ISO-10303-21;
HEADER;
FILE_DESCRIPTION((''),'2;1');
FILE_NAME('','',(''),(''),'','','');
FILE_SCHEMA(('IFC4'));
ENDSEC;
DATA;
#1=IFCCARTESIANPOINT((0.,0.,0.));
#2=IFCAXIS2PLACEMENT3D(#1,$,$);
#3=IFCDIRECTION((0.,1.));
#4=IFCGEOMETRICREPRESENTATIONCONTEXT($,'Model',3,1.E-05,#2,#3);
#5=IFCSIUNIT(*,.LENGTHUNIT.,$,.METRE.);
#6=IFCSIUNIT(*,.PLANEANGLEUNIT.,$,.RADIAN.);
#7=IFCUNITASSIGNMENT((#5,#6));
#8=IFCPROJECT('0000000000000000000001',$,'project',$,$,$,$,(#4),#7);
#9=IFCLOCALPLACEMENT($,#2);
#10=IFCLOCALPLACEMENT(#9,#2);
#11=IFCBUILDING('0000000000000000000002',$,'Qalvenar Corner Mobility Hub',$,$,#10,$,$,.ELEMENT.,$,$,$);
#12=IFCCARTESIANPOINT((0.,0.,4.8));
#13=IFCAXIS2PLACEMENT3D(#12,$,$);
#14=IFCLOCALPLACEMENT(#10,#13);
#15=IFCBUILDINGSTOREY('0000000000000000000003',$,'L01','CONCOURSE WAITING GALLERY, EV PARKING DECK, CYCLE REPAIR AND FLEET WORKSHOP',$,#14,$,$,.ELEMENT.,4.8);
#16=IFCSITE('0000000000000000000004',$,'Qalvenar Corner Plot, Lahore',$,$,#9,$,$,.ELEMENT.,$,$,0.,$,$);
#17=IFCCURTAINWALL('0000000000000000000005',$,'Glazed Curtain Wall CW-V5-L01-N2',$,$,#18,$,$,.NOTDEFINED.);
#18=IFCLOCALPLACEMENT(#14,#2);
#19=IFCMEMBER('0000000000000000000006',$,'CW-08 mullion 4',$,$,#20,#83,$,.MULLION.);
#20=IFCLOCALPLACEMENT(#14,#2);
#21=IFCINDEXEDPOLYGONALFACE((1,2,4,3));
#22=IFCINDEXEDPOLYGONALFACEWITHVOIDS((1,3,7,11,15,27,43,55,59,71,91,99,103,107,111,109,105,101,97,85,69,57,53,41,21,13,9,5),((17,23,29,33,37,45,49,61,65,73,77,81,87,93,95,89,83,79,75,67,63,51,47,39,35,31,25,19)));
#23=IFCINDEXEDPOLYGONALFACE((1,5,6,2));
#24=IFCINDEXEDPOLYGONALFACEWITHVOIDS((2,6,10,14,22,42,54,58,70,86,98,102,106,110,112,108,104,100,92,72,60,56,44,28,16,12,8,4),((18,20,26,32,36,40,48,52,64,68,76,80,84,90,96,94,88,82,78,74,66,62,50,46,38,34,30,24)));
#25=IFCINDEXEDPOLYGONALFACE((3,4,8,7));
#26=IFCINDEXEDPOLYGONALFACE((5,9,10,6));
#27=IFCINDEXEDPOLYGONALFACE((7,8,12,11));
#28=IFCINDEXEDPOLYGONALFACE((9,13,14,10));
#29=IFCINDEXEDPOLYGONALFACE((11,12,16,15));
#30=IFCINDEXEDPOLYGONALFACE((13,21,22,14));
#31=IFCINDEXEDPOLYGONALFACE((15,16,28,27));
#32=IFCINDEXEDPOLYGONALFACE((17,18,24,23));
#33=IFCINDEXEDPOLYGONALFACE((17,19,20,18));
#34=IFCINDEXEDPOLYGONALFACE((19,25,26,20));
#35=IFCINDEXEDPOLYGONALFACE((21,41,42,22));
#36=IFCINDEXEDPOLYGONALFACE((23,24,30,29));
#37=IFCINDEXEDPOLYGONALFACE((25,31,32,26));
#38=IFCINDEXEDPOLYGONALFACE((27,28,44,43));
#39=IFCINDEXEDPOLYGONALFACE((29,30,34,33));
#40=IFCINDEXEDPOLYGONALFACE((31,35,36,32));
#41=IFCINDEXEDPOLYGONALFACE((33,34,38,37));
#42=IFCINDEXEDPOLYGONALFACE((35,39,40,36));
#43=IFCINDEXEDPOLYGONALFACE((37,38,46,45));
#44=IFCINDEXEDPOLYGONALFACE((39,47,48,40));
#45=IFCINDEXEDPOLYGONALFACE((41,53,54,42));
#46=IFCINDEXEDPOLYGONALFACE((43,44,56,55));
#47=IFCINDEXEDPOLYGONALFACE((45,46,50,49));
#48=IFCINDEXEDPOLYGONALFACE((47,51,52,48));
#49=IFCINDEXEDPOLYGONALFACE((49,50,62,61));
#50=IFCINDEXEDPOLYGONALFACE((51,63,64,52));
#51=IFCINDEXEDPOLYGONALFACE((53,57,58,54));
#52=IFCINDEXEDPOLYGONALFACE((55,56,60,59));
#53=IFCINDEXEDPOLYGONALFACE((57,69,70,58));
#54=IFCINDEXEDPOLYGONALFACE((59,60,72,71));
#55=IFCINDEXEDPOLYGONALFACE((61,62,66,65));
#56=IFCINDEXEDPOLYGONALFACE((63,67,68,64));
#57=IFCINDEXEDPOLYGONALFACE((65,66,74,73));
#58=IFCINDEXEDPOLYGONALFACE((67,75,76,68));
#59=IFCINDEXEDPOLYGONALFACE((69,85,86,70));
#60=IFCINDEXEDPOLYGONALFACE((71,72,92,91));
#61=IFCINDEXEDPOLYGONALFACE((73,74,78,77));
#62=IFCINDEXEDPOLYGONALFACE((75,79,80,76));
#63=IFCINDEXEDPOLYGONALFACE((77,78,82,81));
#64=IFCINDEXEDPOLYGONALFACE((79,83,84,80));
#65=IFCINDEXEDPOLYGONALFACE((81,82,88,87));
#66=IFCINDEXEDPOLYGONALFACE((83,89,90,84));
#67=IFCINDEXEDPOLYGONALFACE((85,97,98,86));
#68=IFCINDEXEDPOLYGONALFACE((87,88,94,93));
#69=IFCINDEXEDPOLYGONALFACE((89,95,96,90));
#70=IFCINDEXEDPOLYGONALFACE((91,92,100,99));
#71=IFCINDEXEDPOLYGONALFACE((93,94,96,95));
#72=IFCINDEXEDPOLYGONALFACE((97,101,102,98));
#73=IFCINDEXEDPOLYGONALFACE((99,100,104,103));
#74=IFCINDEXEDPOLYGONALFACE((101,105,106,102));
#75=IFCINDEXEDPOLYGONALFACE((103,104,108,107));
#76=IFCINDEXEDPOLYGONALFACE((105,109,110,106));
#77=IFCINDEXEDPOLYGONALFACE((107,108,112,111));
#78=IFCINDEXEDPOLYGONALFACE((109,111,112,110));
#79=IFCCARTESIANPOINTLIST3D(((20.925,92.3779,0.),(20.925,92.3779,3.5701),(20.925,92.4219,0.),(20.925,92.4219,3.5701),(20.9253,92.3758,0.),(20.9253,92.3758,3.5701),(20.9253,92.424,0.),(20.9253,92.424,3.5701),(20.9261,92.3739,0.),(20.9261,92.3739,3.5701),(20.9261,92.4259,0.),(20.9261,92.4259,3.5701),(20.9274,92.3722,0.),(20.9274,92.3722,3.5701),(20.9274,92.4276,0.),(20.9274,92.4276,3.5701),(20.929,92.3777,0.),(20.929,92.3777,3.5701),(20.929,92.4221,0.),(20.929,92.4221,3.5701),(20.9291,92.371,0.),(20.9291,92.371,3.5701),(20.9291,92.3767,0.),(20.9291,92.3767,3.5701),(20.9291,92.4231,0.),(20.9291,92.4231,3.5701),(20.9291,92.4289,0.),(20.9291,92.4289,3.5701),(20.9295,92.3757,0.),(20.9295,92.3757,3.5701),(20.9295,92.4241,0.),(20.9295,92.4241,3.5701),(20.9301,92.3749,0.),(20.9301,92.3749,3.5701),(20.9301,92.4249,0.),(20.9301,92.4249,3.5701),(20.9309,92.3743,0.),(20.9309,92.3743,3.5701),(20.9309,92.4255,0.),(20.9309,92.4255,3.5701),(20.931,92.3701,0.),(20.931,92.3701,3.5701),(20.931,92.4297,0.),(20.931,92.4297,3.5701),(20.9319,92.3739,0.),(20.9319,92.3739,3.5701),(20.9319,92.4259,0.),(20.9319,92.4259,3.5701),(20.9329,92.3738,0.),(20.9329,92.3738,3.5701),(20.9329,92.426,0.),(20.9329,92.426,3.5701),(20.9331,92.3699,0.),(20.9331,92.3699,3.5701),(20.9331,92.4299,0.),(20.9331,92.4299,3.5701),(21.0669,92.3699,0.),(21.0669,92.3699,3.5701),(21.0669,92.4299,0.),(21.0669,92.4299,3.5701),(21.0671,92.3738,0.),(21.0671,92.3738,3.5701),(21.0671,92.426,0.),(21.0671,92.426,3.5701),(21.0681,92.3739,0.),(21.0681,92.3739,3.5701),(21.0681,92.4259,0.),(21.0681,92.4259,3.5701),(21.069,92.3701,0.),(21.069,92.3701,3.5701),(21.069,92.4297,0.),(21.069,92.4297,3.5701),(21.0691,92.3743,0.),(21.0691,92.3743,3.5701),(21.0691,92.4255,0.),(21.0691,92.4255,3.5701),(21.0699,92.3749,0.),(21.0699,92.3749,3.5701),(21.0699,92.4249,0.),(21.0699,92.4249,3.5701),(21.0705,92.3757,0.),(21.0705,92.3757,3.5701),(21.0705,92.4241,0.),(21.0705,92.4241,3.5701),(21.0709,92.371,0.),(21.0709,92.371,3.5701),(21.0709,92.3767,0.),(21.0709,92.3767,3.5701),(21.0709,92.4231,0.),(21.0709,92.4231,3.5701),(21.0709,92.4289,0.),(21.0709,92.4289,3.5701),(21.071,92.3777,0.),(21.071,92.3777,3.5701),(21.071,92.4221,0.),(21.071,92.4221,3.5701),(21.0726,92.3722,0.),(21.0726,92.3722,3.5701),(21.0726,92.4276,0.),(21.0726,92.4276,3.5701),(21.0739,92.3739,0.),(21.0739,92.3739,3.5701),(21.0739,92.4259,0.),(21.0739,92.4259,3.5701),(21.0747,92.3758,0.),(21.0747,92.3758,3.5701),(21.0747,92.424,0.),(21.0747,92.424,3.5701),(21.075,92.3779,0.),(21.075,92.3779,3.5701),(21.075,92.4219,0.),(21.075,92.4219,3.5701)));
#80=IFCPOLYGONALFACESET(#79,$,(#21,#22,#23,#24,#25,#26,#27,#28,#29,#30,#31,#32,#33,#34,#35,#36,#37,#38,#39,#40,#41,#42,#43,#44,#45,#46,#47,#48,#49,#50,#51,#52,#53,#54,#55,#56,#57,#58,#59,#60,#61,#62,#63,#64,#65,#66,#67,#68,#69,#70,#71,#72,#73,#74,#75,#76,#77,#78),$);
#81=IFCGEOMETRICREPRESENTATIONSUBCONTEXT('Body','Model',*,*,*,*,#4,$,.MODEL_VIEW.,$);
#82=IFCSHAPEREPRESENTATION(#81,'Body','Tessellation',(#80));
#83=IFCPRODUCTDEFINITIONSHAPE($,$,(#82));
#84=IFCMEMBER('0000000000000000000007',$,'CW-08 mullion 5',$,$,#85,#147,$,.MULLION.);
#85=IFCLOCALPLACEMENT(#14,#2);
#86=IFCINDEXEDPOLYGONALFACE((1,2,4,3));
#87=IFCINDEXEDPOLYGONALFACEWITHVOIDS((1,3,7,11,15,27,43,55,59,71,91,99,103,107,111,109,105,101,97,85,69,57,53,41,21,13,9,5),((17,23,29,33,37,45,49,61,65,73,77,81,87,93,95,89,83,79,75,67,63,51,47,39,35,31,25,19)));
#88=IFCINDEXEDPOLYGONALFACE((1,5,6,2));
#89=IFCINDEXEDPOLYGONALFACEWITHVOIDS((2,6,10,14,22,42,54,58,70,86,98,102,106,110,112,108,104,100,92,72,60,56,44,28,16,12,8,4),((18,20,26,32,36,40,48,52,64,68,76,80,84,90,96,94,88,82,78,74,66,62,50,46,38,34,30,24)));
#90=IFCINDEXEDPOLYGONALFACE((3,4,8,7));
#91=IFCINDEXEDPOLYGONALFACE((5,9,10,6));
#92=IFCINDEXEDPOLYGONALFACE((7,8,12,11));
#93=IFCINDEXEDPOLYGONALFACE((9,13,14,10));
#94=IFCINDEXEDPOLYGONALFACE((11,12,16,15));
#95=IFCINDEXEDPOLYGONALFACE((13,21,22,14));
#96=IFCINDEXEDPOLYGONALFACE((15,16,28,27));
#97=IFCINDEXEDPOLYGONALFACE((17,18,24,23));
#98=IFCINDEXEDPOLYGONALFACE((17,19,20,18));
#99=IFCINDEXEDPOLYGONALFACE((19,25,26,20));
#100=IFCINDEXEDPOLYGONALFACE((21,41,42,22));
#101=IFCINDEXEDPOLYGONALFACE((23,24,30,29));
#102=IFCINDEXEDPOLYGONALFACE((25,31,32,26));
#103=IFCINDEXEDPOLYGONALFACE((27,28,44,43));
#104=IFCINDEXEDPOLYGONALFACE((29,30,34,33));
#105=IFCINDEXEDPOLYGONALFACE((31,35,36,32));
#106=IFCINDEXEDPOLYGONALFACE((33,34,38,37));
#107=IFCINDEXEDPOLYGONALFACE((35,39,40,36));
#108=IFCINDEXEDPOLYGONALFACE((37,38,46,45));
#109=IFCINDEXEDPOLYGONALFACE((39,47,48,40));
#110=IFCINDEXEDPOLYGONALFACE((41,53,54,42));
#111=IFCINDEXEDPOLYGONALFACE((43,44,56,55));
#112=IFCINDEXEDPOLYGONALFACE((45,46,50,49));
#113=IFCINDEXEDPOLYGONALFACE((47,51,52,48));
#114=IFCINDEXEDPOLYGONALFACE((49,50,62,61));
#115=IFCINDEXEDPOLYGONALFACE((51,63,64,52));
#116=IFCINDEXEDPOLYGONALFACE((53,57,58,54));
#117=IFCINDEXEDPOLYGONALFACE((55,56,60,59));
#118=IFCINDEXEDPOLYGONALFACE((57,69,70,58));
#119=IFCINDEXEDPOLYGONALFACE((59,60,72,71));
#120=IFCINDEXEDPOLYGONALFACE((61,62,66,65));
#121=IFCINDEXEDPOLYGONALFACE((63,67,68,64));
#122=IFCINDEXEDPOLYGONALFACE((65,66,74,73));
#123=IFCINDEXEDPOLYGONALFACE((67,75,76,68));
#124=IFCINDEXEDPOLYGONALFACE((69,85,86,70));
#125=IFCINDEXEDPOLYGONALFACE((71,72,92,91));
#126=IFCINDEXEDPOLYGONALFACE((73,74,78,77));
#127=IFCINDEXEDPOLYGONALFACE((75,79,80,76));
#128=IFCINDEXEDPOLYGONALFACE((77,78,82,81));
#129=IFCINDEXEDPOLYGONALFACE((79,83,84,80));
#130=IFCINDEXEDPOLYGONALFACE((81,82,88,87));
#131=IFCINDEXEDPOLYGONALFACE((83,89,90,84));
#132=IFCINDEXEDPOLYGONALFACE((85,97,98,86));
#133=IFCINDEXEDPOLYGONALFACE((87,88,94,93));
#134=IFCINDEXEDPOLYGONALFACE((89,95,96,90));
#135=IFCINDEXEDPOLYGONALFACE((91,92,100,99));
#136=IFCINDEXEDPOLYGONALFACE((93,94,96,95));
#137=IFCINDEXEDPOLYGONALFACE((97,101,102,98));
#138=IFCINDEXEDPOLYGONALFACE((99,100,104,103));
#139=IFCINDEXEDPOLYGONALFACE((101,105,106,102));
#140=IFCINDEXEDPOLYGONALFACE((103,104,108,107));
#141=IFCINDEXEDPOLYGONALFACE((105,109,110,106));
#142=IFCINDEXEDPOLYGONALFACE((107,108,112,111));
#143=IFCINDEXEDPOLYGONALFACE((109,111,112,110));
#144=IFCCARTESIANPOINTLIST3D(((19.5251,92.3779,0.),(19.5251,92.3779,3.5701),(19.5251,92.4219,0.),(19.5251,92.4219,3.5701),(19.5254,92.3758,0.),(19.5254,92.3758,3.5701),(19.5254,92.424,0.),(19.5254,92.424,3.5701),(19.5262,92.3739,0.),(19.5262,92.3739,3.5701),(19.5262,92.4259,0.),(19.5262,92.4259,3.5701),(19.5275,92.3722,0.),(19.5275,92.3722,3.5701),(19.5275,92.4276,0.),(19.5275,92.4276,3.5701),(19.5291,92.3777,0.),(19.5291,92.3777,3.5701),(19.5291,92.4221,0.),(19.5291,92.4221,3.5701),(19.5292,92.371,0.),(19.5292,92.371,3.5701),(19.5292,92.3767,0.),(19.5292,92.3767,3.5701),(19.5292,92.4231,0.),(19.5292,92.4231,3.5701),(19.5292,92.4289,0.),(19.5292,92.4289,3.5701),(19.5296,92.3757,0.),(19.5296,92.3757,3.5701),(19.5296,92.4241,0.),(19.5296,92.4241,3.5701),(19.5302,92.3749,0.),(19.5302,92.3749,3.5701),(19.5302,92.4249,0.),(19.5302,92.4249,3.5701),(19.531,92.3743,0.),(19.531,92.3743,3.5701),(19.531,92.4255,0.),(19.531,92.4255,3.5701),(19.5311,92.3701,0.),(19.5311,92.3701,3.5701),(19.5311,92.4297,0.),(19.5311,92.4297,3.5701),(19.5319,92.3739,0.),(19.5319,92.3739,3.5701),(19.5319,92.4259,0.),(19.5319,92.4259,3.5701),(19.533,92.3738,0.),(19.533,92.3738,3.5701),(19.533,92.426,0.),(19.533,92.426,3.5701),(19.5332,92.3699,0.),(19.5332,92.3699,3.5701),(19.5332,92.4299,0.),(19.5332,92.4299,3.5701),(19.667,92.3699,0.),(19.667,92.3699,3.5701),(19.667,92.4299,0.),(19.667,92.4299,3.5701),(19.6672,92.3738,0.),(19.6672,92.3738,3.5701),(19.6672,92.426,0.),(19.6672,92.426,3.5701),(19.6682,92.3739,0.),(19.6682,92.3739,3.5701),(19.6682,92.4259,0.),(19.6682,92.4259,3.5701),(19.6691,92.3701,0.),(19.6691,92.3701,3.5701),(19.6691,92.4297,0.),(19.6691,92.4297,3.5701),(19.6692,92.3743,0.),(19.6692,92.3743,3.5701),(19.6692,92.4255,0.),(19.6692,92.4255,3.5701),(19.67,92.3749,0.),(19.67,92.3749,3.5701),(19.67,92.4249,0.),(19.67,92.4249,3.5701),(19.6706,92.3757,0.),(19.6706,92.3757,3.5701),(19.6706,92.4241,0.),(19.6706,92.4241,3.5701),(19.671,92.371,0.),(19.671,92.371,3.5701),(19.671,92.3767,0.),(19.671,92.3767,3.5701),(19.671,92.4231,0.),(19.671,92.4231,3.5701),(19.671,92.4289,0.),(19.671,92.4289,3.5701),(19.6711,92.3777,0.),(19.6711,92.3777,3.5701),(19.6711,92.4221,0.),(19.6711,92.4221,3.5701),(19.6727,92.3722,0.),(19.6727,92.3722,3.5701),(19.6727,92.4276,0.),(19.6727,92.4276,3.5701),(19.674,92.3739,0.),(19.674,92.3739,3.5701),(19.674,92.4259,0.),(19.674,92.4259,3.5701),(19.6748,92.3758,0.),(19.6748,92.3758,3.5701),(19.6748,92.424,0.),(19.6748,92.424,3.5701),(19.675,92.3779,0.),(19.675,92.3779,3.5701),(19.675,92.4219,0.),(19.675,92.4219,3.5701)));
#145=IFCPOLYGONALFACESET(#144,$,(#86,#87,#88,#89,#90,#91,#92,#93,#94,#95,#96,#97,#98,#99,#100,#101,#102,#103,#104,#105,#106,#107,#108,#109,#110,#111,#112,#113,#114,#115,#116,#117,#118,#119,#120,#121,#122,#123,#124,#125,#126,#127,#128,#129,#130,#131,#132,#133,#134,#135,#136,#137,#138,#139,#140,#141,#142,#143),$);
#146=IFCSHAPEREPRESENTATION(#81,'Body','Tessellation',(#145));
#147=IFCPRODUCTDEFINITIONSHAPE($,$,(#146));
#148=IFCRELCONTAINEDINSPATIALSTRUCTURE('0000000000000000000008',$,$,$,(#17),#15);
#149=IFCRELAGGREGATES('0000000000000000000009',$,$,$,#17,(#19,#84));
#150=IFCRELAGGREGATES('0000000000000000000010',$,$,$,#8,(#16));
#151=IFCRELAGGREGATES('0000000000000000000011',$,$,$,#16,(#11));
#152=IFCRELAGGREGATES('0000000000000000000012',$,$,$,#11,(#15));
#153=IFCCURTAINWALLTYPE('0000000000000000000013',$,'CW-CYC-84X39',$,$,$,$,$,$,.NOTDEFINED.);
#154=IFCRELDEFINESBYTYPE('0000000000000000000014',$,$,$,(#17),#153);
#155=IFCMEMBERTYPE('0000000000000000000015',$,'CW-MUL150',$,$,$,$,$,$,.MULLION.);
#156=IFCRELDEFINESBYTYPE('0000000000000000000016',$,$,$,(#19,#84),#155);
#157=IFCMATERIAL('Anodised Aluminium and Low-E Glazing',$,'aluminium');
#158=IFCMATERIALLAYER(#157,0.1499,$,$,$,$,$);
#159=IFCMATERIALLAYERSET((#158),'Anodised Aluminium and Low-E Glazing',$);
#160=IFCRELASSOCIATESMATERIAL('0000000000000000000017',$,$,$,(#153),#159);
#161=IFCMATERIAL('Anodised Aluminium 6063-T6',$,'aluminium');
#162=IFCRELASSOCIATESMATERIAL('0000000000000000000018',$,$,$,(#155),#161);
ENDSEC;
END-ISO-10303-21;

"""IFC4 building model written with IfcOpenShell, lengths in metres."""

from ifc_helpers import new_model, si_unit, direction, frame, origin, origin_2d, place, context, subcontext, project, spatial, hollow_rectangle, extrude, material, layer, layer_set, material_profile, profile_set, type_object, element, aggregate, save


model = new_model("IFC4")

# Units and contexts
model_context = context("Model", 3, precision=1e-05, world=origin(), true_north=direction((0.0, 1.0)))
body_context = subcontext(model_context, "Body", "Model", "MODEL_VIEW")
ifc_project = project(units=[si_unit("LENGTHUNIT", "METRE"), si_unit("PLANEANGLEUNIT", "RADIAN")], contexts=[model_context])

# Site, building, storey
site_placement = place(None, origin())
site = spatial("IfcSite", under=ifc_project, at=site_placement, Name="Qalvenar Corner Plot, Lahore", CompositionType="ELEMENT", RefElevation=0.0)
building_placement = place(site_placement, origin())
building = spatial("IfcBuilding", under=site, at=building_placement, Name="Qalvenar Corner Mobility Hub", CompositionType="ELEMENT")
storey_placement = place(building_placement, frame((0.0, 0.0, 4.8)))
storey = spatial("IfcBuildingStorey", under=building, at=storey_placement, Name="L01", Description="CONCOURSE WAITING GALLERY, EV PARKING DECK, CYCLE REPAIR AND FLEET WORKSHOP", CompositionType="ELEMENT", Elevation=4.8)

# Curtain wall, members
ifc_material_1 = material(Name="Anodised Aluminium and Low-E Glazing", Category="aluminium")
ifc_layer_1 = layer(ifc_material_1, 0.1499)
ifc_layer_set_1 = layer_set([ifc_layer_1], Name="Anodised Aluminium and Low-E Glazing")
curtain_wall_type = type_object("IfcCurtainWallType", Name="CW-CYC-84X39", PredefinedType="NOTDEFINED", material=ifc_layer_set_1)
curtain_wall_placement = place(storey_placement, origin())
curtain_wall = element("IfcCurtainWall", 1, at=curtain_wall_placement, inside=storey, type_object=curtain_wall_type, Name="Glazed Curtain Wall CW-V5-L01-N2", PredefinedType="NOTDEFINED")
ifc_material_2 = material(Name="Anodised Aluminium 6063-T6", Category="aluminium")
ifc_material_profile_1 = material_profile(ifc_material_2, hollow_rectangle(XDim=0.0601, YDim=0.1499, WallThickness=0.0039, InnerFilletRadius=0.0039, OuterFilletRadius=0.0081, at=origin_2d()), Name="RHS150x60x4")
ifc_profile_set_1 = profile_set([ifc_material_profile_1], Name="Anodised Aluminium 6063-T6")
member_type_1 = type_object("IfcMemberType", Name="CW-MUL150", PredefinedType="MULLION", material=ifc_profile_set_1)
member_1_placement = place(storey_placement, frame((21.0, 92.3999, 0.0), z_axis=(0.0, 0.0, 1.0), x_axis=(0.0, -1.0, 0.0)))
member_1 = element("IfcMember", 2, at=member_1_placement, type_object=member_type_1, Name="CW-08 mullion 4", PredefinedType="MULLION", context=body_context, shape_type="SweptSolid", body=[
    extrude(hollow_rectangle(XDim=0.0601, YDim=0.1499, WallThickness=0.0039, InnerFilletRadius=0.0039, OuterFilletRadius=0.0081, at=origin_2d()), origin(), (0.0, 0.0, 1.0), 3.5701),
])
member_2_placement = place(storey_placement, frame((19.6001, 92.3999, 0.0), z_axis=(0.0, 0.0, 1.0), x_axis=(0.0, -1.0, 0.0)))
member_2 = element("IfcMember", 3, at=member_2_placement, type_object=member_type_1, Name="CW-08 mullion 5", PredefinedType="MULLION", context=body_context, shape_type="SweptSolid", body=[
    extrude(hollow_rectangle(XDim=0.0601, YDim=0.1499, WallThickness=0.0039, InnerFilletRadius=0.0039, OuterFilletRadius=0.0081, at=origin_2d()), origin(), (0.0, 0.0, 1.0), 3.5701),
])
aggregate(curtain_wall, [member_1, member_2])

save(model, "model.ifc")
